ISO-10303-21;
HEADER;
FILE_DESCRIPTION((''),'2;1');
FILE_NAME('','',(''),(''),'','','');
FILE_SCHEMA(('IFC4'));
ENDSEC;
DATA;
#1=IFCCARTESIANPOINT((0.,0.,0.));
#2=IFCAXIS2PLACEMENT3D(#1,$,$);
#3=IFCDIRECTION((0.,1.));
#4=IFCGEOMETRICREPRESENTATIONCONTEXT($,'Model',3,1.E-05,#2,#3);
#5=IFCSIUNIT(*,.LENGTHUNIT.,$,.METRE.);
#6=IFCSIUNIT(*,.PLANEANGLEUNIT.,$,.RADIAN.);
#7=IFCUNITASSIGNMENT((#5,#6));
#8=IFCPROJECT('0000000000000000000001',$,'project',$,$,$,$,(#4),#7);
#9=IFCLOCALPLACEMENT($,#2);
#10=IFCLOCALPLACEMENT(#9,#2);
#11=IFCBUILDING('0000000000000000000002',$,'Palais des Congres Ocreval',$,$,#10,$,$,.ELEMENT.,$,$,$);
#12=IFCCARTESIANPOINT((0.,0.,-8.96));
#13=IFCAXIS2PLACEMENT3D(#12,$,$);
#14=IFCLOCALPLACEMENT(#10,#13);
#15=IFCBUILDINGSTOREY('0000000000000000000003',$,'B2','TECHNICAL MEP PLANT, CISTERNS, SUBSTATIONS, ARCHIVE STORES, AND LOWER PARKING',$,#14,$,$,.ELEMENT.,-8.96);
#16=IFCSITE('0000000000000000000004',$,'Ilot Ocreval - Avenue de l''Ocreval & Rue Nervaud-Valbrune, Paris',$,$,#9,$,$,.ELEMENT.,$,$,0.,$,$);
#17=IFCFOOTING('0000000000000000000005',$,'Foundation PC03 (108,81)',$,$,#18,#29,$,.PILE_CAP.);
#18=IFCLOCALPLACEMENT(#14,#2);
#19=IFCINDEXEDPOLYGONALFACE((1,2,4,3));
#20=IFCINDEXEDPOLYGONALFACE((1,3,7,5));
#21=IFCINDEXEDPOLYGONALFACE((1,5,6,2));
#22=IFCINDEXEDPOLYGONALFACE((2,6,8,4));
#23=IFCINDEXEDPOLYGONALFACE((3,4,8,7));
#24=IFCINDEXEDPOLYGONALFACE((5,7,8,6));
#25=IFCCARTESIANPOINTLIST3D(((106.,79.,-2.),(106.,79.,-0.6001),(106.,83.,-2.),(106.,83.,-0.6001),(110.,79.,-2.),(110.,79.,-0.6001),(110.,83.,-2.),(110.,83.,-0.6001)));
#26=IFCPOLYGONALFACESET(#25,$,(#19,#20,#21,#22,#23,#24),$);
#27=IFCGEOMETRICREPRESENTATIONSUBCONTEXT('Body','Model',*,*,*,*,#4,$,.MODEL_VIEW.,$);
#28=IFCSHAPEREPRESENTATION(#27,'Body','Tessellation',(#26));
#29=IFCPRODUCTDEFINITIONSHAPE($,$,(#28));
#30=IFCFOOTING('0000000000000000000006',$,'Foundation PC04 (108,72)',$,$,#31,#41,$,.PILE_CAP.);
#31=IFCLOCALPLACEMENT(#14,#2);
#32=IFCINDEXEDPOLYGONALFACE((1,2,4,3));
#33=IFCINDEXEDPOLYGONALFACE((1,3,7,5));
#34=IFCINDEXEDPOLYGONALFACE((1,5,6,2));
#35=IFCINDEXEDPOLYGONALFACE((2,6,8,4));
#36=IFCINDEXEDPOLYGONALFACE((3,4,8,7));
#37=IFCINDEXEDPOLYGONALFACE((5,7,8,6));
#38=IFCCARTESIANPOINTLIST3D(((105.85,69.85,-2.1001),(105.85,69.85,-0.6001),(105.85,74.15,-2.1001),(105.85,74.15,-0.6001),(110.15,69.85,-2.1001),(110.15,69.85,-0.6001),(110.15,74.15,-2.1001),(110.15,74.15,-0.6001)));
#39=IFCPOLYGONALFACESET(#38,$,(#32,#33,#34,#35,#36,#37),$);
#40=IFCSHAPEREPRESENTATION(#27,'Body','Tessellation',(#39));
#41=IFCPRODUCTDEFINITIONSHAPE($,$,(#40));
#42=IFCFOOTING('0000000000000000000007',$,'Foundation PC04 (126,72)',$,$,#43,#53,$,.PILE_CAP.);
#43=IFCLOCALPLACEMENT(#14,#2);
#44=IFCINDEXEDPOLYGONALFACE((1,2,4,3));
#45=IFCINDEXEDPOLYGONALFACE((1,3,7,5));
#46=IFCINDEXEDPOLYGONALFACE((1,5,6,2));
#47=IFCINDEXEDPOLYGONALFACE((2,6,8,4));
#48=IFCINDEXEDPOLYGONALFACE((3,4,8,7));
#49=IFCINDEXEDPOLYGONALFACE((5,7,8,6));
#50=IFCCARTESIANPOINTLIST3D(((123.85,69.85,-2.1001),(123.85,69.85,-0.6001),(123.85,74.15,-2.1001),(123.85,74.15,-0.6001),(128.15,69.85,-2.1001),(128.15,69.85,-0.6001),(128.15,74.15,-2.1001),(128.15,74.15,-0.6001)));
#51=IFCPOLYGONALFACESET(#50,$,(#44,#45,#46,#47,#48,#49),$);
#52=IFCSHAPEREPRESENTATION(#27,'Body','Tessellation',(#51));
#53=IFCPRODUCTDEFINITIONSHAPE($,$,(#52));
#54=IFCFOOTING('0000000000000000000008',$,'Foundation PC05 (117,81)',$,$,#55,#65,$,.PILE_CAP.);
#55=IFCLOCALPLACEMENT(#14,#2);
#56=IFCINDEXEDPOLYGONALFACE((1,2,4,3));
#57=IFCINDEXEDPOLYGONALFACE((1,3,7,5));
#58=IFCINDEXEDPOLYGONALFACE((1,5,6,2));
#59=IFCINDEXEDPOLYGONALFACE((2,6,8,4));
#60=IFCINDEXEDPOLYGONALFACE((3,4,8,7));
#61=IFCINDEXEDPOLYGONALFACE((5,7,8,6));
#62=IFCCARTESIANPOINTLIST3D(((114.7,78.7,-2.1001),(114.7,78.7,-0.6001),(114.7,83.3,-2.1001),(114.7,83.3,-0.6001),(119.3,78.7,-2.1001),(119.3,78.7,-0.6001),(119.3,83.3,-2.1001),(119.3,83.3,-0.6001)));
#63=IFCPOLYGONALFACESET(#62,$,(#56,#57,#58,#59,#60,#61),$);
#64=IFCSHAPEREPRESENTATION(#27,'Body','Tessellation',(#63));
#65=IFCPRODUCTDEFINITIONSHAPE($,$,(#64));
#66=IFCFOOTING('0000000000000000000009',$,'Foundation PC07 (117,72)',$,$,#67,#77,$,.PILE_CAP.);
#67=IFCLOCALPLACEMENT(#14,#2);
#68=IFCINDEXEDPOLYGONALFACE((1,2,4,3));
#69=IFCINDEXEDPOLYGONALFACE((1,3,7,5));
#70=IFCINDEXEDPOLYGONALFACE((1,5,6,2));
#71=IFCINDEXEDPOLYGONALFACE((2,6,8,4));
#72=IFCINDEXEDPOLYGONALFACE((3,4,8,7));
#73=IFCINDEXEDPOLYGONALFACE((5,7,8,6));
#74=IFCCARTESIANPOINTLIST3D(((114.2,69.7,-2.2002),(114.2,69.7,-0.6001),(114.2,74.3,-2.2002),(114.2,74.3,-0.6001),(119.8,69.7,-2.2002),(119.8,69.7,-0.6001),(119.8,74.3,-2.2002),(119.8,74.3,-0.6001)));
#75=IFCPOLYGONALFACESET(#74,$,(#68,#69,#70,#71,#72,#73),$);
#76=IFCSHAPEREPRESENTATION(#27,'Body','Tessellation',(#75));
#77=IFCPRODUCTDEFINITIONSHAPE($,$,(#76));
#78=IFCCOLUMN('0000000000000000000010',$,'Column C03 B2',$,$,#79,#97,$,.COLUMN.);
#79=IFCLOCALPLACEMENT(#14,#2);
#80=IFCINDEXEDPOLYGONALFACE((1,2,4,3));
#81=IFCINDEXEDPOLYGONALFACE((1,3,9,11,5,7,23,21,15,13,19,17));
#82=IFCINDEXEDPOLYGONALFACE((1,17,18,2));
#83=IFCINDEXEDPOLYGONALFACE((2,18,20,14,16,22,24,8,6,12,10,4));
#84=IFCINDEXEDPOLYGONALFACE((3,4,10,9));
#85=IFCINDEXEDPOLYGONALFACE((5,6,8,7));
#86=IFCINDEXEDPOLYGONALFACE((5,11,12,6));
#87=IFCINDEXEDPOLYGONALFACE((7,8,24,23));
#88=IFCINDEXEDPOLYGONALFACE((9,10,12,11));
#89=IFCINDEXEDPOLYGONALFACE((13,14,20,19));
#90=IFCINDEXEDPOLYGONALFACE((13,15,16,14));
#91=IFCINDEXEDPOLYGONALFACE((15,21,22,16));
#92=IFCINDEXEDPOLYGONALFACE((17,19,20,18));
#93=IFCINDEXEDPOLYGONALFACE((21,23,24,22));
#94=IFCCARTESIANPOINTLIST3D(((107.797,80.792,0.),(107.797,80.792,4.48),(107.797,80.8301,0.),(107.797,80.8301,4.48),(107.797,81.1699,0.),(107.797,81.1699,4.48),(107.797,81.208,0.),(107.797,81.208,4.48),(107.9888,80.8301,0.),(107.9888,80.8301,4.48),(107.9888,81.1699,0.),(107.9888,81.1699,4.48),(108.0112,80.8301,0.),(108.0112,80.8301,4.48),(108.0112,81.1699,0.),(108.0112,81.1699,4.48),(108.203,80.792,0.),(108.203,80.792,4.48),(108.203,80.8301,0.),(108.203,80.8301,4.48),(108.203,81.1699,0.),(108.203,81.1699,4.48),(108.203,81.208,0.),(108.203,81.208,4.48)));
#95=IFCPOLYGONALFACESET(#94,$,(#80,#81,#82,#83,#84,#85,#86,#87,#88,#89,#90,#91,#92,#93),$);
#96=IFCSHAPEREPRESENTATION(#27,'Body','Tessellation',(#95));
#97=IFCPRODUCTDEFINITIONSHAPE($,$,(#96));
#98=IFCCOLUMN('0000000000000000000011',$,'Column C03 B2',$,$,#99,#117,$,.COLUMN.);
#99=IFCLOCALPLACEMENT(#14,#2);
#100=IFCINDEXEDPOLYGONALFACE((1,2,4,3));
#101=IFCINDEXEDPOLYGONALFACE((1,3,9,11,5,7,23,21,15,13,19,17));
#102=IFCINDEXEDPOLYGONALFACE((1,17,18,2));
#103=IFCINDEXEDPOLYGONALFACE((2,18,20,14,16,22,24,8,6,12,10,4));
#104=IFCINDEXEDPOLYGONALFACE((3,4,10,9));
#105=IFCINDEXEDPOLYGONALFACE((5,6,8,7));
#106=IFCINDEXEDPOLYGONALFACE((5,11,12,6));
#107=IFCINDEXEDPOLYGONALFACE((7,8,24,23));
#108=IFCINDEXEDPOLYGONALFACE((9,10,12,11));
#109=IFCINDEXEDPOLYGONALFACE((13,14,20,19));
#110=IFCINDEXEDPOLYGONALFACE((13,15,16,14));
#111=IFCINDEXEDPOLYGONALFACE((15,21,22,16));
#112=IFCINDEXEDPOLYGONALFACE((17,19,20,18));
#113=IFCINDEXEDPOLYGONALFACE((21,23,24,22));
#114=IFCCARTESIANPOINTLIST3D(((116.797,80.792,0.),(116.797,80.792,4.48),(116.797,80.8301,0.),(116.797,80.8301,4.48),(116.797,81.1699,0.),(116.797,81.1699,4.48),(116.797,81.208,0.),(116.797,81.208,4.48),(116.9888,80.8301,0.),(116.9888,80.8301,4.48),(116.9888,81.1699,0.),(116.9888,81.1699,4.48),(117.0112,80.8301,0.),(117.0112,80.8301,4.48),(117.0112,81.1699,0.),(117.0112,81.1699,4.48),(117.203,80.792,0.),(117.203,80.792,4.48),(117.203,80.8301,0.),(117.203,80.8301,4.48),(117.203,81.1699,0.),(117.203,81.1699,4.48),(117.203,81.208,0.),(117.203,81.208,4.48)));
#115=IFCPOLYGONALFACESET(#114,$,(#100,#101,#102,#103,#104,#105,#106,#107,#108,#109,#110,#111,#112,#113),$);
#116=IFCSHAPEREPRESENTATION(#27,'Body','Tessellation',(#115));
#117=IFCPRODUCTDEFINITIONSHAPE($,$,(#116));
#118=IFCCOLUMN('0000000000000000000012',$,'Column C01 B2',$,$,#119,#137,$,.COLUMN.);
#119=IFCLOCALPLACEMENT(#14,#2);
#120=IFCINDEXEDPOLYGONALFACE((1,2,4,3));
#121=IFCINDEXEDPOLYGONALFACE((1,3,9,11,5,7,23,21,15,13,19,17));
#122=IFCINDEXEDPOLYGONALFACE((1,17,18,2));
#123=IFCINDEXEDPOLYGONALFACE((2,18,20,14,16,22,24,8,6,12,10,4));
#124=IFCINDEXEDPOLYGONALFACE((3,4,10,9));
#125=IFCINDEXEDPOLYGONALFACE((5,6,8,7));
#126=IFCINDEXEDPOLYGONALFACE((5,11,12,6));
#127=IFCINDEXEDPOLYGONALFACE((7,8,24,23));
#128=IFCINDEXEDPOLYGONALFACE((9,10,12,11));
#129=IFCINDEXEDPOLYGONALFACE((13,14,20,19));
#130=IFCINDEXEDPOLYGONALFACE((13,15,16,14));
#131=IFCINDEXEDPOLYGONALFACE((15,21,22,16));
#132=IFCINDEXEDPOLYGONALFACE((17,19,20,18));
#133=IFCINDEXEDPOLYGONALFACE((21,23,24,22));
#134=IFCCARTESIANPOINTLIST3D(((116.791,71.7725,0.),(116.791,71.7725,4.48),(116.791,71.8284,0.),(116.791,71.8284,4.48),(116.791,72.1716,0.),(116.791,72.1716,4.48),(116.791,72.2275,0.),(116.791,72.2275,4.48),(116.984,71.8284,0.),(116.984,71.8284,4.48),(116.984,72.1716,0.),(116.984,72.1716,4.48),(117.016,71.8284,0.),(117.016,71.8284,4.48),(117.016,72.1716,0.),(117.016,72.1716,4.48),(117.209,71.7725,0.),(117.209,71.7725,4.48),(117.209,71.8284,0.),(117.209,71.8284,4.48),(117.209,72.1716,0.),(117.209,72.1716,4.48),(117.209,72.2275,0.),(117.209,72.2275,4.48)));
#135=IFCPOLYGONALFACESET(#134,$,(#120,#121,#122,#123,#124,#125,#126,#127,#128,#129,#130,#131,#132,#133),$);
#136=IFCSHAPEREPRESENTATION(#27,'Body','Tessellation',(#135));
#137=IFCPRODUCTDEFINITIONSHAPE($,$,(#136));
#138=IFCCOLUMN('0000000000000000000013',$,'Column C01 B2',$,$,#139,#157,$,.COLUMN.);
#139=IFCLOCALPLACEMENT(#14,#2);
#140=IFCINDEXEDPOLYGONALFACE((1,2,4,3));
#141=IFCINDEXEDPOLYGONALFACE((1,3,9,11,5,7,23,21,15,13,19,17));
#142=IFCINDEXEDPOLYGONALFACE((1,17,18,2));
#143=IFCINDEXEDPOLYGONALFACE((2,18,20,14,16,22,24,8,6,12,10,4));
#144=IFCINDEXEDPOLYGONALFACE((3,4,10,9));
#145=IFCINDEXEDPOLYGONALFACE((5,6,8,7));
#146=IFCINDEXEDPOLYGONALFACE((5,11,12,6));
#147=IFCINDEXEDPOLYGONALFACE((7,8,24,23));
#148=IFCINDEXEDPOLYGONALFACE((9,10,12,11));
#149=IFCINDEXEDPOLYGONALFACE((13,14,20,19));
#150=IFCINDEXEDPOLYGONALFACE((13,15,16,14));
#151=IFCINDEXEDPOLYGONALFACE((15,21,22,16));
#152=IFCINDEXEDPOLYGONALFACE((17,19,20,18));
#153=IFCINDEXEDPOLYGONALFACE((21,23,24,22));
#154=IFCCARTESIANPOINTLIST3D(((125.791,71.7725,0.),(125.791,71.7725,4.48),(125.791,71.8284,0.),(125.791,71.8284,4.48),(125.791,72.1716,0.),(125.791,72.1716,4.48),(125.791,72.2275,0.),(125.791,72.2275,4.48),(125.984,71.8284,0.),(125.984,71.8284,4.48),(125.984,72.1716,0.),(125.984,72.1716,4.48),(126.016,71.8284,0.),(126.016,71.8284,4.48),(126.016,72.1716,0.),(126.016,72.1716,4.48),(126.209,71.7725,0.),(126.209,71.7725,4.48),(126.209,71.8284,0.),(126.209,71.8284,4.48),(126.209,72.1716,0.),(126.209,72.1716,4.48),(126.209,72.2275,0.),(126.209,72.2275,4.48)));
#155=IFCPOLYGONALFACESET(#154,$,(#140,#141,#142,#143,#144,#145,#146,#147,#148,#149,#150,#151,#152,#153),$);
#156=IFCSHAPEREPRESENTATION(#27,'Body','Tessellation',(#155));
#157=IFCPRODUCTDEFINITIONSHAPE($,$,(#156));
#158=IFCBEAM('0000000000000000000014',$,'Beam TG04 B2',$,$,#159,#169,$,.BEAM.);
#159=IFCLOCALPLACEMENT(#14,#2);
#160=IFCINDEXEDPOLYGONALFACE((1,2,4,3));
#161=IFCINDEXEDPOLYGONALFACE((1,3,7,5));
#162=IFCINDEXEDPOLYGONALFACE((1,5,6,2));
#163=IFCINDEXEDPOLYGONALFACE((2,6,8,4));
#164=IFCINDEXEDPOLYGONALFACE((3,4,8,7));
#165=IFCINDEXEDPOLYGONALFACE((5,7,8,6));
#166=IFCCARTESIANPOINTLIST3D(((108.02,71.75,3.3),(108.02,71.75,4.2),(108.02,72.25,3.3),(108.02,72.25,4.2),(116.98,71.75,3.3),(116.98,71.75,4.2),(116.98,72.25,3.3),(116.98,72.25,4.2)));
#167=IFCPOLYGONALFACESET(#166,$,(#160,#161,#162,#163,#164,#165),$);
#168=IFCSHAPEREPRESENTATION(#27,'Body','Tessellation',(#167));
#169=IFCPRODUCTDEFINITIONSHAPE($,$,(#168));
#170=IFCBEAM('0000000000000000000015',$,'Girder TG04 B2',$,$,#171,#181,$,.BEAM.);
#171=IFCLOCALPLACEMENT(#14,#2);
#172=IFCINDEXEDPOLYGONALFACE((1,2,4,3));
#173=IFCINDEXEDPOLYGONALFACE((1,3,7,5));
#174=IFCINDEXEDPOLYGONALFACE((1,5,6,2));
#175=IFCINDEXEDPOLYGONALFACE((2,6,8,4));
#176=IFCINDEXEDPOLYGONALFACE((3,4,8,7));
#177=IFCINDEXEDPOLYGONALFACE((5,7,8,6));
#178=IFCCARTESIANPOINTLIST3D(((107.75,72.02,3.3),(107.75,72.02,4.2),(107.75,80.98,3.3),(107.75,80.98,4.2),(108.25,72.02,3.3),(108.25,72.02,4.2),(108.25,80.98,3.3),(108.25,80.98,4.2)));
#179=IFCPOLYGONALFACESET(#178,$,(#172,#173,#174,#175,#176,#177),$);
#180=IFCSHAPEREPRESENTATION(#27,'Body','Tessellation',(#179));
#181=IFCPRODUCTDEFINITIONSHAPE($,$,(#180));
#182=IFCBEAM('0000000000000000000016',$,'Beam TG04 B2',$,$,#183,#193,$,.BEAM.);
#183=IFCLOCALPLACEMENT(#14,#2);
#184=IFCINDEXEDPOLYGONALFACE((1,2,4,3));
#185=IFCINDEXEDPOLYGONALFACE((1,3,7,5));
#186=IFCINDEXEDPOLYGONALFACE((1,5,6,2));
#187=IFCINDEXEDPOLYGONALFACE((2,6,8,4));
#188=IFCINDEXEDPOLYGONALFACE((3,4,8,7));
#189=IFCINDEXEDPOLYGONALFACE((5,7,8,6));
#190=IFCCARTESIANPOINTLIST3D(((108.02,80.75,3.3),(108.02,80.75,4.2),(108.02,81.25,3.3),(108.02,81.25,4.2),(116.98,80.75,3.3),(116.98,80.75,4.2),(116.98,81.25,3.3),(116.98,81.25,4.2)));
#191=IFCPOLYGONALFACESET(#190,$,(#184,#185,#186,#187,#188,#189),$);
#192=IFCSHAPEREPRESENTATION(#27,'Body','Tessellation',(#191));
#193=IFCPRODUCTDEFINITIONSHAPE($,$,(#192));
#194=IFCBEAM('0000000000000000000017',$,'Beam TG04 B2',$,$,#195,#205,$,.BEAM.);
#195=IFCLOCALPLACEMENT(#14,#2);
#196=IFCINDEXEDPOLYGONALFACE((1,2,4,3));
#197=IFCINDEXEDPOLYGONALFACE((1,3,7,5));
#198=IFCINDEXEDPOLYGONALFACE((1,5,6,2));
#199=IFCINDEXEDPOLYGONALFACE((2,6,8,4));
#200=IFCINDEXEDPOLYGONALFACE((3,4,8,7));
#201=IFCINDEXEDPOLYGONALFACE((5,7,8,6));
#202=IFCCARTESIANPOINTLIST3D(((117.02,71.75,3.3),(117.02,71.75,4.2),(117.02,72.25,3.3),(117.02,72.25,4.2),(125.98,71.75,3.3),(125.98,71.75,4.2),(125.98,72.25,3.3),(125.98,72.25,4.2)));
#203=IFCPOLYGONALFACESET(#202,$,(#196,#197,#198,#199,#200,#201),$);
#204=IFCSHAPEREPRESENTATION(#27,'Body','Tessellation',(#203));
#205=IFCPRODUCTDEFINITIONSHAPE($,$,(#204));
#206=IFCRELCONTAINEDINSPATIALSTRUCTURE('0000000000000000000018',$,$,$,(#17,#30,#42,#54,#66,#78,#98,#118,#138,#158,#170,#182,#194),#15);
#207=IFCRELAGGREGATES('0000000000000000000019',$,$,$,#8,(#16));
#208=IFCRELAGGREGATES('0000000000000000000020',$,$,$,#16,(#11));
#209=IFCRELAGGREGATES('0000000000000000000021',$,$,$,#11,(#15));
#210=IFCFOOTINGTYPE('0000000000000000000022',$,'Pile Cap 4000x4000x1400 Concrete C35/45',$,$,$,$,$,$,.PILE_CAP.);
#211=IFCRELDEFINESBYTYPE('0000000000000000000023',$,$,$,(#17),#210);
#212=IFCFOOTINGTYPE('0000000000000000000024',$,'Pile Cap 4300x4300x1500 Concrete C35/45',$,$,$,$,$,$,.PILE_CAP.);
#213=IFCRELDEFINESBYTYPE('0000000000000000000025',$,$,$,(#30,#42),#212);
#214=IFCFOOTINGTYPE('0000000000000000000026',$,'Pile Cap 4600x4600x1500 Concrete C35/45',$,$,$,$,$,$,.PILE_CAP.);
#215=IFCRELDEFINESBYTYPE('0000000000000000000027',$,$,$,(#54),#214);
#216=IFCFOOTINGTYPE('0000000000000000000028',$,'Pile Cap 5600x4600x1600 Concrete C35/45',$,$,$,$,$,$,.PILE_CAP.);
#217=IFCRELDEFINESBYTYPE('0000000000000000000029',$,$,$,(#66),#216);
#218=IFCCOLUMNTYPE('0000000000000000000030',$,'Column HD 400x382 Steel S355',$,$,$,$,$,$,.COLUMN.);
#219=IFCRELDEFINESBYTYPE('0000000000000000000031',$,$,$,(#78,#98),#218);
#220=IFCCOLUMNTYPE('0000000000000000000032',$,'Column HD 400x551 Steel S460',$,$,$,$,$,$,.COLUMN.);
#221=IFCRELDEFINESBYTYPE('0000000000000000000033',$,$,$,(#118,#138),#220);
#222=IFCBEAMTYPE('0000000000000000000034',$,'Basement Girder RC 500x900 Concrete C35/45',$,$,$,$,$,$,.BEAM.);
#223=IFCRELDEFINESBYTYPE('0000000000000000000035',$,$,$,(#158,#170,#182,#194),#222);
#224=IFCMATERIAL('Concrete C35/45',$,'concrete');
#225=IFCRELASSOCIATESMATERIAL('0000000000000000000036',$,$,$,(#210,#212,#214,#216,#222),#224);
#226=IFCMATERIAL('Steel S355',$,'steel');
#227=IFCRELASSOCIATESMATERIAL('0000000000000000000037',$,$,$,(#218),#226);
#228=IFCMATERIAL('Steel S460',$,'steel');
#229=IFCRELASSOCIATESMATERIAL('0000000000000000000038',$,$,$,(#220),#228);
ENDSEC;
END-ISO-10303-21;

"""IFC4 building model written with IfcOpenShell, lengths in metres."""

from ifc_helpers import new_model, si_unit, direction, frame, origin, origin_2d, place, context, subcontext, project, spatial, rectangle, i_section, extrude, material, material_profile, profile_set, type_object, element, save


model = new_model("IFC4")

# Units and contexts
model_context = context("Model", 3, precision=1e-05, world=origin(), true_north=direction((0.0, 1.0)))
body_context = subcontext(model_context, "Body", "Model", "MODEL_VIEW")
ifc_project = project(units=[si_unit("LENGTHUNIT", "METRE"), si_unit("PLANEANGLEUNIT", "RADIAN")], contexts=[model_context])

# Site, building, storey
site_placement = place(None, origin())
site = spatial("IfcSite", under=ifc_project, at=site_placement, Name="Ilot Ocreval - Avenue de l'Ocreval & Rue Nervaud-Valbrune, Paris", CompositionType="ELEMENT", RefElevation=0.0)
building_placement = place(site_placement, origin())
building = spatial("IfcBuilding", under=site, at=building_placement, Name="Palais des Congres Ocreval", CompositionType="ELEMENT")
storey_placement = place(building_placement, frame((0.0, 0.0, -8.96)))
storey = spatial("IfcBuildingStorey", under=building, at=storey_placement, Name="B2", Description="TECHNICAL MEP PLANT, CISTERNS, SUBSTATIONS, ARCHIVE STORES, AND LOWER PARKING", CompositionType="ELEMENT", Elevation=-8.96)

# Shared definitions
ifc_material_1 = material(Name="Concrete C35/45", Category="concrete")

# Footings
footing_type_1 = type_object("IfcFootingType", Name="Pile Cap 4000x4000x1400 Concrete C35/45", PredefinedType="PILE_CAP", material=ifc_material_1)
footing_1_placement = place(storey_placement, frame((108.0, 81.0, -2.0), z_axis=(0.0, 0.0, 1.0), x_axis=(1.0, 0.0, 0.0)))
element("IfcFooting", 1, at=footing_1_placement, inside=storey, type_object=footing_type_1, Name="Foundation PC03 (108,81)", PredefinedType="PILE_CAP", context=body_context, shape_type="SweptSolid", body=[
    extrude(rectangle(XDim=4.0, YDim=4.0, at=origin_2d()), origin(), (0.0, 0.0, 1.0), 1.3999),
])
footing_type_2 = type_object("IfcFootingType", Name="Pile Cap 4300x4300x1500 Concrete C35/45", PredefinedType="PILE_CAP", material=ifc_material_1)
for number, where, z_axis, x_axis, name in (
    (2, (108.0, 72.0, -2.1001), (0.0, 0.0, 1.0), (1.0, 0.0, 0.0), "Foundation PC04 (108,72)"),
    (3, (126.0, 72.0, -2.1001), (0.0, 0.0, 1.0), (1.0, 0.0, 0.0), "Foundation PC04 (126,72)"),
):
    element("IfcFooting", number, at=place(storey_placement, frame(where, z_axis=z_axis, x_axis=x_axis)), inside=storey, type_object=footing_type_2, Name=name, PredefinedType="PILE_CAP", context=body_context, shape_type="SweptSolid", body=[
        extrude(rectangle(XDim=4.3, YDim=4.3, at=origin_2d()), origin(), (0.0, 0.0, 1.0), 1.5),
    ])
footing_type_3 = type_object("IfcFootingType", Name="Pile Cap 4600x4600x1500 Concrete C35/45", PredefinedType="PILE_CAP", material=ifc_material_1)
footing_2_placement = place(storey_placement, frame((117.0, 81.0, -2.1001), z_axis=(0.0, 0.0, 1.0), x_axis=(1.0, 0.0, 0.0)))
element("IfcFooting", 4, at=footing_2_placement, inside=storey, type_object=footing_type_3, Name="Foundation PC05 (117,81)", PredefinedType="PILE_CAP", context=body_context, shape_type="SweptSolid", body=[
    extrude(rectangle(XDim=4.6001, YDim=4.6001, at=origin_2d()), origin(), (0.0, 0.0, 1.0), 1.5),
])
footing_type_4 = type_object("IfcFootingType", Name="Pile Cap 5600x4600x1600 Concrete C35/45", PredefinedType="PILE_CAP", material=ifc_material_1)
footing_3_placement = place(storey_placement, frame((117.0, 72.0, -2.2002), z_axis=(0.0, 0.0, 1.0), x_axis=(1.0, 0.0, 0.0)))
element("IfcFooting", 5, at=footing_3_placement, inside=storey, type_object=footing_type_4, Name="Foundation PC07 (117,72)", PredefinedType="PILE_CAP", context=body_context, shape_type="SweptSolid", body=[
    extrude(rectangle(XDim=5.6001, YDim=4.6001, at=origin_2d()), origin(), (0.0, 0.0, 1.0), 1.6001),
])

# Columns
ifc_material_2 = material(Name="Steel S355", Category="steel")
ifc_material_profile_1 = material_profile(ifc_material_2, i_section(OverallWidth=0.406, OverallDepth=0.416, WebThickness=0.0225, FlangeThickness=0.0381, at=origin_2d()), Name="HD 400x382")
ifc_profile_set_1 = profile_set([ifc_material_profile_1], Name="Steel S355")
column_type_1 = type_object("IfcColumnType", Name="Column HD 400x382 Steel S355", PredefinedType="COLUMN", material=ifc_profile_set_1)
for number, where, z_axis, x_axis, name in (
    (6, (108.0, 81.0, 0.0), (0.0, 0.0, 1.0), (1.0, 0.0, 0.0), "Column C03 B2"),
    (7, (117.0, 81.0, 0.0), (0.0, 0.0, 1.0), (1.0, 0.0, 0.0), "Column C03 B2"),
):
    element("IfcColumn", number, at=place(storey_placement, frame(where, z_axis=z_axis, x_axis=x_axis)), inside=storey, type_object=column_type_1, Name=name, PredefinedType="COLUMN", context=body_context, shape_type="SweptSolid", body=[
        extrude(i_section(OverallWidth=0.406, OverallDepth=0.416, WebThickness=0.0225, FlangeThickness=0.0381, at=origin_2d()), origin(), (0.0, 0.0, 1.0), 4.48),
    ])
ifc_material_3 = material(Name="Steel S460", Category="steel")
ifc_material_profile_2 = material_profile(ifc_material_3, i_section(OverallWidth=0.418, OverallDepth=0.4551, WebThickness=0.032, FlangeThickness=0.0559, at=origin_2d()), Name="HD 400x551")
ifc_profile_set_2 = profile_set([ifc_material_profile_2], Name="Steel S460")
column_type_2 = type_object("IfcColumnType", Name="Column HD 400x551 Steel S460", PredefinedType="COLUMN", material=ifc_profile_set_2)
for number, where, z_axis, x_axis, name in (
    (8, (117.0, 72.0, 0.0), (0.0, 0.0, 1.0), (1.0, 0.0, 0.0), "Column C01 B2"),
    (9, (126.0, 72.0, 0.0), (0.0, 0.0, 1.0), (1.0, 0.0, 0.0), "Column C01 B2"),
):
    element("IfcColumn", number, at=place(storey_placement, frame(where, z_axis=z_axis, x_axis=x_axis)), inside=storey, type_object=column_type_2, Name=name, PredefinedType="COLUMN", context=body_context, shape_type="SweptSolid", body=[
        extrude(i_section(OverallWidth=0.418, OverallDepth=0.4551, WebThickness=0.032, FlangeThickness=0.0559, at=origin_2d()), origin(), (0.0, 0.0, 1.0), 4.48),
    ])

# Beams
ifc_material_profile_3 = material_profile(ifc_material_1, rectangle(XDim=0.5, YDim=0.8999, at=origin_2d()), Name="RC 500x900")
ifc_profile_set_3 = profile_set([ifc_material_profile_3], Name="Concrete C35/45")
beam_type = type_object("IfcBeamType", Name="Basement Girder RC 500x900 Concrete C35/45", PredefinedType="BEAM", material=ifc_profile_set_3)
for number, where, z_axis, x_axis, name in (
    (10, (108.02, 72.0, 3.75), (1.0, 0.0, 0.0), (0.0, 1.0, 0.0), "Beam TG04 B2"),
    (11, (108.0, 72.02, 3.75), (0.0, 1.0, 0.0), (-1.0, 0.0, 0.0), "Girder TG04 B2"),
    (12, (108.02, 81.0, 3.75), (1.0, 0.0, 0.0), (0.0, 1.0, 0.0), "Beam TG04 B2"),
    (13, (117.02, 72.0, 3.75), (1.0, 0.0, 0.0), (0.0, 1.0, 0.0), "Beam TG04 B2"),
):
    element("IfcBeam", number, at=place(storey_placement, frame(where, z_axis=z_axis, x_axis=x_axis)), inside=storey, type_object=beam_type, Name=name, PredefinedType="BEAM", context=body_context, shape_type="SweptSolid", body=[
        extrude(rectangle(XDim=0.5, YDim=0.8999, at=origin_2d()), origin(), (0.0, 0.0, 1.0), 8.96),
    ])

save(model, "model.ifc")
